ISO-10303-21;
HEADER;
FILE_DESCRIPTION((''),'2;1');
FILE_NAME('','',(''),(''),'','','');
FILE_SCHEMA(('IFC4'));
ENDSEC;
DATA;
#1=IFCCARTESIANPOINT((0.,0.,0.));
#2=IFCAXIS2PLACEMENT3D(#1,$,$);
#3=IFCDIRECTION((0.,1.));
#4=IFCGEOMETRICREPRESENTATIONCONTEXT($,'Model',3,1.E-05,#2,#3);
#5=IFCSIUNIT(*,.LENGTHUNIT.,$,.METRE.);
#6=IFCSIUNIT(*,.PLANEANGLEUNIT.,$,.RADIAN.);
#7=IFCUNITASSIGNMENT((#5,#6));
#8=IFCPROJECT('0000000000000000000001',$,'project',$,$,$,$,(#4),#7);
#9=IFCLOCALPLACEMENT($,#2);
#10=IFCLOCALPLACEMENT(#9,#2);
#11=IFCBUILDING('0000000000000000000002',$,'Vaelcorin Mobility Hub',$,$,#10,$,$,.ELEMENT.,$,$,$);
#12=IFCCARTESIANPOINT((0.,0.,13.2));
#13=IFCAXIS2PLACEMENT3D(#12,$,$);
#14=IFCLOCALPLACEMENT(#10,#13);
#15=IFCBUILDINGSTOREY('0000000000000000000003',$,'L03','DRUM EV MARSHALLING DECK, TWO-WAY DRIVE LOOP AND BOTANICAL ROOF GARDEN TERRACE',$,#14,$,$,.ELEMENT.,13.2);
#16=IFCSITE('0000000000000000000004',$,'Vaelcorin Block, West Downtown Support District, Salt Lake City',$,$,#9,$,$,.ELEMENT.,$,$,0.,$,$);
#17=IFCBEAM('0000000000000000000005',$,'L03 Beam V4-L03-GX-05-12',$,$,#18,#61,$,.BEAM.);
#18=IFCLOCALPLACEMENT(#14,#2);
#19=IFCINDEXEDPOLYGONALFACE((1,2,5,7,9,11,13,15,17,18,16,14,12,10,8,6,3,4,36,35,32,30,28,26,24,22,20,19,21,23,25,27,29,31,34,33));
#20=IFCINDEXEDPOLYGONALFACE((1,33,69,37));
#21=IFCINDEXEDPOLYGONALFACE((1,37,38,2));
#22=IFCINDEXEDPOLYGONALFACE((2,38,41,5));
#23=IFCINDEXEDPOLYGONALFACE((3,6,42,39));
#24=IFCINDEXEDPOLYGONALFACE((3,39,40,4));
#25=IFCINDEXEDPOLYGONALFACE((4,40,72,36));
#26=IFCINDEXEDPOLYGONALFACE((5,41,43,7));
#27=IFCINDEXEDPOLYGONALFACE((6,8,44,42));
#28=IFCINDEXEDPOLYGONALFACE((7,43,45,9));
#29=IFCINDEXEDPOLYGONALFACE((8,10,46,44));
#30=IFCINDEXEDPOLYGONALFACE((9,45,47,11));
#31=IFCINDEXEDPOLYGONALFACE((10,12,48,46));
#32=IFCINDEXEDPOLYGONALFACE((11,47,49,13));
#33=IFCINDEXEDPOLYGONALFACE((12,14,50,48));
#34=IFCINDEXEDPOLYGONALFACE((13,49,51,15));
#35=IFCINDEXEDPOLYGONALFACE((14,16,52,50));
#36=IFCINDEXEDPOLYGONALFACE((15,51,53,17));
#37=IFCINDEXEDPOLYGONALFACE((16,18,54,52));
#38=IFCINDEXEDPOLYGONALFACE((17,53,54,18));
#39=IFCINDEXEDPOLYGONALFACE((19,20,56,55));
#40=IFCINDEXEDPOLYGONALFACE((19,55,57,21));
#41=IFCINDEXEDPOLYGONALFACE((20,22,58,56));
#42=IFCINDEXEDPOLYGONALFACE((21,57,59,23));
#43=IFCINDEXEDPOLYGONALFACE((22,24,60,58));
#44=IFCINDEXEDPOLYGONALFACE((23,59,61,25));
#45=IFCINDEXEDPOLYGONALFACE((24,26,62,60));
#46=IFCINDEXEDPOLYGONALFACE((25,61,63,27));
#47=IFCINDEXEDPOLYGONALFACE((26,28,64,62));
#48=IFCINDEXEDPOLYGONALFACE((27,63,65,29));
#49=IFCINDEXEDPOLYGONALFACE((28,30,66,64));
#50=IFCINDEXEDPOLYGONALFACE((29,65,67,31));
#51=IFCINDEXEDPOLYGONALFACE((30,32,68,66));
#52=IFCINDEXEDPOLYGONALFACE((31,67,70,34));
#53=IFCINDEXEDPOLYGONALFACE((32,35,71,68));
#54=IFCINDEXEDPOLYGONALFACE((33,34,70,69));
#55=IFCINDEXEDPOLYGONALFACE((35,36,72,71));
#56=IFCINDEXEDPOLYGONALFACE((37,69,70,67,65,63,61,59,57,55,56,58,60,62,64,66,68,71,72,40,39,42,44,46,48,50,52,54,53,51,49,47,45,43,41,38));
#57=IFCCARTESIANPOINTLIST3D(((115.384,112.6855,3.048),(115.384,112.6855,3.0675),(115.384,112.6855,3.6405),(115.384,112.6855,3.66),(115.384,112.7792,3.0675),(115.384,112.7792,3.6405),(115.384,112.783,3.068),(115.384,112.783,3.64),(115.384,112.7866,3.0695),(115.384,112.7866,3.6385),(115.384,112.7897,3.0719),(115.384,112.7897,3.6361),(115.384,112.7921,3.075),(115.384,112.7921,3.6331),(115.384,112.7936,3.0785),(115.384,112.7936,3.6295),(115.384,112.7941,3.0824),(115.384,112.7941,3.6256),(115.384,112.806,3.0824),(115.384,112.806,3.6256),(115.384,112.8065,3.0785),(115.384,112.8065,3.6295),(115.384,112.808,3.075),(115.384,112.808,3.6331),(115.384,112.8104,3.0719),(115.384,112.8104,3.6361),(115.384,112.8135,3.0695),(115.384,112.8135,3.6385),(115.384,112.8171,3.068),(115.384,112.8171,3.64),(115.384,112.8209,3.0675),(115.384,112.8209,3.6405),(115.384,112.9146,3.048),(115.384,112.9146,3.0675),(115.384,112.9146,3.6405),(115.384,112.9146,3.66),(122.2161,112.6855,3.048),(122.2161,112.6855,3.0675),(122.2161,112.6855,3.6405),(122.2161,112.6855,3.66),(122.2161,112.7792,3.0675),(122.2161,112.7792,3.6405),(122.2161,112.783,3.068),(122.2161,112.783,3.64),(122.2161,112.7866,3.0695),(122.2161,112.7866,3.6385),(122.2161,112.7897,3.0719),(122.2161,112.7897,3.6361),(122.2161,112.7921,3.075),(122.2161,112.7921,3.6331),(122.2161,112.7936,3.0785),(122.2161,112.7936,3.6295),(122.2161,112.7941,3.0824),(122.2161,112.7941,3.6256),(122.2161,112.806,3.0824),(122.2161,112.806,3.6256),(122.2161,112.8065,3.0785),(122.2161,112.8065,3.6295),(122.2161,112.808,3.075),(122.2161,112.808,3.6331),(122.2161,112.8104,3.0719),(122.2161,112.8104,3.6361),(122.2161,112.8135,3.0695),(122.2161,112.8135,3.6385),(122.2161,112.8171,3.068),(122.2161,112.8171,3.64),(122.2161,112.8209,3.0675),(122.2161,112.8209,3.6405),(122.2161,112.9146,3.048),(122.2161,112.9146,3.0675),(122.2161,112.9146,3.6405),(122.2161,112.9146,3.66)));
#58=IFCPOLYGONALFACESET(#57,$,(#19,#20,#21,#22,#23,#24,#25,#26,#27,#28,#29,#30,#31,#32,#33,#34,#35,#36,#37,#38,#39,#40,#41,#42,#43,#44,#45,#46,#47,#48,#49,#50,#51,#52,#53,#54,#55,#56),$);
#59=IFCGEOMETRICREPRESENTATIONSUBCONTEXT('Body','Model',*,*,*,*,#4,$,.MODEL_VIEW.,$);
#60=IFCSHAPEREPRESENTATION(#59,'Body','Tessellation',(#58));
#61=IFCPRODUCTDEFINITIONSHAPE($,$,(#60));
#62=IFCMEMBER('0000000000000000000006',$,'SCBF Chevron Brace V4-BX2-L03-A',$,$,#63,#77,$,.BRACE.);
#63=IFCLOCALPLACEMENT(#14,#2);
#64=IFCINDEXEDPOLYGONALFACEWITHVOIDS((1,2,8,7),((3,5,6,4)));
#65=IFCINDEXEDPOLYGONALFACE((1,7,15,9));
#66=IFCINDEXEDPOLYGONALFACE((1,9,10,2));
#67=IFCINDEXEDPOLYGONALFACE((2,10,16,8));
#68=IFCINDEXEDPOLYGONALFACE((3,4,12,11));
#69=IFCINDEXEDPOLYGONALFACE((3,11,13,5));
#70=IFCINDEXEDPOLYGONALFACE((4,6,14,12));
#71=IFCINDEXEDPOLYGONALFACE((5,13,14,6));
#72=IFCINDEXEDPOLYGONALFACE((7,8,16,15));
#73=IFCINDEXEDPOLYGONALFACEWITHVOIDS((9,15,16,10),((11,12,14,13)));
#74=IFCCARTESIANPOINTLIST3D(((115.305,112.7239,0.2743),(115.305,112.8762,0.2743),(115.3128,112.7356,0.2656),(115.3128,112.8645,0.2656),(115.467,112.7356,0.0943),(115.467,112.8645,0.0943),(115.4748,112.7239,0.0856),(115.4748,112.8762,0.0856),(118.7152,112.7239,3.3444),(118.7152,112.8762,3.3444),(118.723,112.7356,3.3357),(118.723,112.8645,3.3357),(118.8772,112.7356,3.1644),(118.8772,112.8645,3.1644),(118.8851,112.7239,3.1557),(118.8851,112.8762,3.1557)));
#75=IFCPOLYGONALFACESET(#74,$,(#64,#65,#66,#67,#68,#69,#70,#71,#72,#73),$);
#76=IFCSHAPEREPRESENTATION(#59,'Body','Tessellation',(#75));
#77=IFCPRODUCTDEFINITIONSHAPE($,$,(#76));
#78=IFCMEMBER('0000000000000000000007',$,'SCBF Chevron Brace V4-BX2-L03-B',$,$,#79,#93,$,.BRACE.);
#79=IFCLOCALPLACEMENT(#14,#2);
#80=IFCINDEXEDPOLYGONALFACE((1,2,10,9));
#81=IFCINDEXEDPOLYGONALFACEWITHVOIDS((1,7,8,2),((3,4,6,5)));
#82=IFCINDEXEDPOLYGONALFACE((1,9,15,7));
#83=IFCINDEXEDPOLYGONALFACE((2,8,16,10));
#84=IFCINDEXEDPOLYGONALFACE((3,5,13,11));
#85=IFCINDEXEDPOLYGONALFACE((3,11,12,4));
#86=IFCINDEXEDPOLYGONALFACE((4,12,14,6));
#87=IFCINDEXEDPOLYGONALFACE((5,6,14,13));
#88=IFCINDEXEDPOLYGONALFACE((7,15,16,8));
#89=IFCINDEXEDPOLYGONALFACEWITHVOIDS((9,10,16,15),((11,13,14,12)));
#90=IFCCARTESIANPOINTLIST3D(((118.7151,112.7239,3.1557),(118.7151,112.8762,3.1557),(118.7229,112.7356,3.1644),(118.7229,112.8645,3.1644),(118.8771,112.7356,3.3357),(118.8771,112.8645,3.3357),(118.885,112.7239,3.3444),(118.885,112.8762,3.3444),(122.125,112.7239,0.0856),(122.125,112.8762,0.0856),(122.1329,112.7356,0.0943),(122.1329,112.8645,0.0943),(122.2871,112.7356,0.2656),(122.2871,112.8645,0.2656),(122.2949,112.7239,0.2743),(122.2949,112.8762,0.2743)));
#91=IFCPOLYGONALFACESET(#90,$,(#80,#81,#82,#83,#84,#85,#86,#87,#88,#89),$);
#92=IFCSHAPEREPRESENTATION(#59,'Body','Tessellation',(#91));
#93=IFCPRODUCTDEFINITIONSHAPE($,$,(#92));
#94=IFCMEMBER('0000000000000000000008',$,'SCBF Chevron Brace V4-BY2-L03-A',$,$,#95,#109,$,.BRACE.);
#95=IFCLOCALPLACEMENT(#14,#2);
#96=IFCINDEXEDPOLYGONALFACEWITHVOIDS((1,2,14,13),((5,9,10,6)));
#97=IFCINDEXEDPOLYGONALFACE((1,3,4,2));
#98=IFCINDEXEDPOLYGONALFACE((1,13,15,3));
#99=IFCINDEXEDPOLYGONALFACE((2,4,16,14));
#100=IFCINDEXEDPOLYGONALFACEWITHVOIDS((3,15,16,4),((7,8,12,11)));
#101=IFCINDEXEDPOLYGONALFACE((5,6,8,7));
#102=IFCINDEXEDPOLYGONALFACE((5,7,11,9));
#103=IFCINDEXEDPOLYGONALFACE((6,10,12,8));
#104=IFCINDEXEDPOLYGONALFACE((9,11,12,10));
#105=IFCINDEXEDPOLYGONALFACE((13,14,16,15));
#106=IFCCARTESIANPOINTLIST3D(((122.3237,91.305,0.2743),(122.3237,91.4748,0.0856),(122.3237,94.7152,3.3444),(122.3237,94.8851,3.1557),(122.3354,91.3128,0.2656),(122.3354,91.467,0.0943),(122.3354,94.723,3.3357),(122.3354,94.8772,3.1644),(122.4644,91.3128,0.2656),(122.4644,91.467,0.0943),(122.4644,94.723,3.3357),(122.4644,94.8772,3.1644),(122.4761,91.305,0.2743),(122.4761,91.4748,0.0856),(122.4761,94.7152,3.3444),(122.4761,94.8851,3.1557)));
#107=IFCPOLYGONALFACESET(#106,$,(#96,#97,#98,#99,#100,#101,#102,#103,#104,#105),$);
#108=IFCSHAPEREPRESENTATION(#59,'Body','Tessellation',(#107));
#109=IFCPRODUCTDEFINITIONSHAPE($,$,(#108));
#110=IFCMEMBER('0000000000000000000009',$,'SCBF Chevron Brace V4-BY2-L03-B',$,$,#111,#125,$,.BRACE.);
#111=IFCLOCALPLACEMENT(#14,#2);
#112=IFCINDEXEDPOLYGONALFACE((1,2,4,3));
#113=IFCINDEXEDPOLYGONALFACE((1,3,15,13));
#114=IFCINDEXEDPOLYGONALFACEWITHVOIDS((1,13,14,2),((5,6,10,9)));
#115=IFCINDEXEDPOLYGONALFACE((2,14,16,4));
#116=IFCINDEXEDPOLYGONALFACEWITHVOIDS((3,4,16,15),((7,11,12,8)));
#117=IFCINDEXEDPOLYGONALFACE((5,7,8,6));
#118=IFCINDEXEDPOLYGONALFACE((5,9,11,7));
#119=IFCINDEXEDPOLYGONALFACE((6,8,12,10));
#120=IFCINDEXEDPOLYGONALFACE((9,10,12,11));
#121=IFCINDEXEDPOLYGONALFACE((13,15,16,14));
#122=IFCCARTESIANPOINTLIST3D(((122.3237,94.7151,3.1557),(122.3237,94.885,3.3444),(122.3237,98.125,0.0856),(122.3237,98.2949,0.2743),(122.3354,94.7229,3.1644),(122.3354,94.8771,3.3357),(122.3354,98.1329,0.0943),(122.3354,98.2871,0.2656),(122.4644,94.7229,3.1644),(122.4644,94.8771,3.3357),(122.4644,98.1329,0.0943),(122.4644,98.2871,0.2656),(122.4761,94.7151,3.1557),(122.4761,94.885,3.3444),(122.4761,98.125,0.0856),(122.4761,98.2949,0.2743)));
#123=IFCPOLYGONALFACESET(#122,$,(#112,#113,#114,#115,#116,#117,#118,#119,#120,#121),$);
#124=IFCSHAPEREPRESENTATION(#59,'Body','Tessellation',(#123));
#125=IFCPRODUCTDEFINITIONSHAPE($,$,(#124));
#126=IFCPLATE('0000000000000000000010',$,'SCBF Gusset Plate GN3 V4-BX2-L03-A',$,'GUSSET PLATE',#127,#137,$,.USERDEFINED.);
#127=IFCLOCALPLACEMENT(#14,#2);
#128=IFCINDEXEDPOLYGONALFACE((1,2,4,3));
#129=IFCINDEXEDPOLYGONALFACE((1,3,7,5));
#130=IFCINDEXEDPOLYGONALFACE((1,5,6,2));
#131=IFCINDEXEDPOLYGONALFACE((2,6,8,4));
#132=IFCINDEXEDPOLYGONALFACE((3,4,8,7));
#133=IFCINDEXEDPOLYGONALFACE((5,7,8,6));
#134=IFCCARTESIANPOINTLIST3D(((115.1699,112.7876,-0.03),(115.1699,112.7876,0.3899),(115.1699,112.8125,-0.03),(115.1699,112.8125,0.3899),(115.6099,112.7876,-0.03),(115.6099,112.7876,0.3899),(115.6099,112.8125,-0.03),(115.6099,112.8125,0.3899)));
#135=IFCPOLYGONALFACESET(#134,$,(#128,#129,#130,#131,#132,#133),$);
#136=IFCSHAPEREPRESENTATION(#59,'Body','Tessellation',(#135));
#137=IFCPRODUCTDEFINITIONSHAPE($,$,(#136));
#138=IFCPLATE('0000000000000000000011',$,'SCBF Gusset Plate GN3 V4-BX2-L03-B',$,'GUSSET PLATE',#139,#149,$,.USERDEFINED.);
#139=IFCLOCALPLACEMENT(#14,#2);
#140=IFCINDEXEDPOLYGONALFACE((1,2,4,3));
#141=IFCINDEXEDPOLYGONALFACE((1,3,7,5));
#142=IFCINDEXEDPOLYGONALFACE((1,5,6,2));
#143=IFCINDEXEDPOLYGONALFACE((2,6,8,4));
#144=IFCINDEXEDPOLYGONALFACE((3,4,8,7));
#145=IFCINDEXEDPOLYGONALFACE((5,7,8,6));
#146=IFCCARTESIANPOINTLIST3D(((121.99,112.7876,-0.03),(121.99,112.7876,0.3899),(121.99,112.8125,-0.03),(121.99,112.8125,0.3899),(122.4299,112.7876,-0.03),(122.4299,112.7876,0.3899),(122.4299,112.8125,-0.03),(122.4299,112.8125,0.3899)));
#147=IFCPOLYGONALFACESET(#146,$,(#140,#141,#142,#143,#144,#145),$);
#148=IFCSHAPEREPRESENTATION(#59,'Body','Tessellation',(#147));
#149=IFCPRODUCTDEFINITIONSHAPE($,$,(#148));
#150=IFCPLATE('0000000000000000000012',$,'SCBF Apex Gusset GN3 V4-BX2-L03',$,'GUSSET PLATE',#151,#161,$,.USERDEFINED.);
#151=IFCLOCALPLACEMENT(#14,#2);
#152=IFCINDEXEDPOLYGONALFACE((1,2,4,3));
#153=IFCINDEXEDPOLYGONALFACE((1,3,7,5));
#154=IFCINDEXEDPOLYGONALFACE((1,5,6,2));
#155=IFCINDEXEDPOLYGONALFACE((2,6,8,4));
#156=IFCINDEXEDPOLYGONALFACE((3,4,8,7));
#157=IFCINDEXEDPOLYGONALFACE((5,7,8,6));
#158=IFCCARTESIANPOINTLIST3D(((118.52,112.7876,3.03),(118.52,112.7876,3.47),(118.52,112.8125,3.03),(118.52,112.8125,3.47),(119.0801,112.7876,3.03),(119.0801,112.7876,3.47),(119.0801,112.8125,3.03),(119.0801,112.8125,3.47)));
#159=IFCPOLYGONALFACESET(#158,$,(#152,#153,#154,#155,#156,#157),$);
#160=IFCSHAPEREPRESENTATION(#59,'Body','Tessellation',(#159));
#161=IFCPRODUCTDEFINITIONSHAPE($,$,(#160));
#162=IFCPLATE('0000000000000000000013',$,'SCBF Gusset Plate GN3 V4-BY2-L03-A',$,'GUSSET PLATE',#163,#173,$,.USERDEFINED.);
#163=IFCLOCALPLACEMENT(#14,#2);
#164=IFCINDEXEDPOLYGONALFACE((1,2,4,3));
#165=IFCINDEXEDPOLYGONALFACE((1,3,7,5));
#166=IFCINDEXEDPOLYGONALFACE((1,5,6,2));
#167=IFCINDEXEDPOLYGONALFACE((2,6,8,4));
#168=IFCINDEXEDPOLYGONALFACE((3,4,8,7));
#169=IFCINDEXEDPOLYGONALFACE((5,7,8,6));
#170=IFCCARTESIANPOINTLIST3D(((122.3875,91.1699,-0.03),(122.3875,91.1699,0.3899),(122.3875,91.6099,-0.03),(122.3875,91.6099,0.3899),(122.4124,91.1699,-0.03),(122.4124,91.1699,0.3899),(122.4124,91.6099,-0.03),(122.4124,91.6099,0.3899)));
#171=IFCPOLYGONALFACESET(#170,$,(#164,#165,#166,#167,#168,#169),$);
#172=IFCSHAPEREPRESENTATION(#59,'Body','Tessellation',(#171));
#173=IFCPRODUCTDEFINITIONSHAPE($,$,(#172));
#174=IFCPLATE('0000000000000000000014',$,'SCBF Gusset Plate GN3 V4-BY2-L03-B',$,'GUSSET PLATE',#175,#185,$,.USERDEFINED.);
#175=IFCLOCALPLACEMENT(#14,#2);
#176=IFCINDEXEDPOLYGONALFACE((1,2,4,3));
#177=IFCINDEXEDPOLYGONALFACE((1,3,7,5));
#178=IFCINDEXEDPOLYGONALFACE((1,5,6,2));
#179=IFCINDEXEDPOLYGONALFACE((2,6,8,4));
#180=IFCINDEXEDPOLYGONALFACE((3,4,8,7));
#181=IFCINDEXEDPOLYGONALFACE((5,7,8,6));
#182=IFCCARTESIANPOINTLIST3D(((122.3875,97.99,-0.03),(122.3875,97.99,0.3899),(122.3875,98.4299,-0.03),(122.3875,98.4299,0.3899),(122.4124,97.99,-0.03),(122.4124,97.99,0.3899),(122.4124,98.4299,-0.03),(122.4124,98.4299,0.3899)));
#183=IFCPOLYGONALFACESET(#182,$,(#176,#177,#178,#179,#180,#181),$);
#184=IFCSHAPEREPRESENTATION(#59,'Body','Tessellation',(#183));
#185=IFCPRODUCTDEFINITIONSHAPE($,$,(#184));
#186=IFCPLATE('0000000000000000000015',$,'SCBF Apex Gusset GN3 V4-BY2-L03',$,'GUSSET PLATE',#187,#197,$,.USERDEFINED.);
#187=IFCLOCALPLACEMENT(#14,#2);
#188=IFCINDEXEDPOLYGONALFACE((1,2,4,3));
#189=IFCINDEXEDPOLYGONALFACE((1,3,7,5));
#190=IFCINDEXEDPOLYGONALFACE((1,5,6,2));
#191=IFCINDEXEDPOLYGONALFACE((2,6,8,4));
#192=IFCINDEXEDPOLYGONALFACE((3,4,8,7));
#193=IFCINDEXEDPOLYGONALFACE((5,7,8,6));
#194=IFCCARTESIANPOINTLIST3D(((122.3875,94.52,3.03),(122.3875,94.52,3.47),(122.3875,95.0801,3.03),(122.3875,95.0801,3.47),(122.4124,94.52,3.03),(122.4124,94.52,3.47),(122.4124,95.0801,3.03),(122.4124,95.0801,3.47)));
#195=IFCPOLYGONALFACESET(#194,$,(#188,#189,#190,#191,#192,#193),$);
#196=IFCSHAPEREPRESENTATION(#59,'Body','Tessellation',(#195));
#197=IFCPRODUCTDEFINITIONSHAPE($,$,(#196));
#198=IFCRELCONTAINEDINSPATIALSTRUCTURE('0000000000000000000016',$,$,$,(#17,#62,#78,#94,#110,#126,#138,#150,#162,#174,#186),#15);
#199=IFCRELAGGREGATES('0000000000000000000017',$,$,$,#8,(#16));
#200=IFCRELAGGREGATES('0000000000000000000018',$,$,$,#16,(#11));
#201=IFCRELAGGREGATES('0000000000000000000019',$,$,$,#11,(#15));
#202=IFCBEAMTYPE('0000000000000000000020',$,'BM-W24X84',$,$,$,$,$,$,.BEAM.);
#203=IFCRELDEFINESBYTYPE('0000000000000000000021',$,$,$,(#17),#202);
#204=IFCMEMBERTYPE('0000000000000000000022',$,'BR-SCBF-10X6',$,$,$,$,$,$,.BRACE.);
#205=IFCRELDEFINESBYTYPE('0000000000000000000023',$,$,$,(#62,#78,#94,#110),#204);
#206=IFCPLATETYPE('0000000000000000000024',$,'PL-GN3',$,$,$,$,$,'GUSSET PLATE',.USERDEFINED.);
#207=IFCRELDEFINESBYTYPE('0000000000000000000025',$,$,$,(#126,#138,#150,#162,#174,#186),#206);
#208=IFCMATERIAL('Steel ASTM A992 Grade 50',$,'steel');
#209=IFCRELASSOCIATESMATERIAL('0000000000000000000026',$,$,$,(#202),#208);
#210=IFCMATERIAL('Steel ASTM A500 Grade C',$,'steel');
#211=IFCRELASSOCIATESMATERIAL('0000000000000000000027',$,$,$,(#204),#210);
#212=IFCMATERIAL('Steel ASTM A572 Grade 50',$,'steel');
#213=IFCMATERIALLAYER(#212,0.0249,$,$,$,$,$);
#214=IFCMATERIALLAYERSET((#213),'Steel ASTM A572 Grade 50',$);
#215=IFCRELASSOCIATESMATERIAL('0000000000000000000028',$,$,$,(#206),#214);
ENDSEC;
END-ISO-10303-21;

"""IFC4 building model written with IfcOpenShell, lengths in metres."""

from ifc_helpers import new_model, si_unit, direction, frame, origin, origin_2d, place, context, subcontext, project, spatial, rectangle, hollow_rectangle, i_section, extrude, material, layer, layer_set, material_profile, profile_set, type_object, element, save


model = new_model("IFC4")

# Units and contexts
model_context = context("Model", 3, precision=1e-05, world=origin(), true_north=direction((0.0, 1.0)))
body_context = subcontext(model_context, "Body", "Model", "MODEL_VIEW")
ifc_project = project(units=[si_unit("LENGTHUNIT", "METRE"), si_unit("PLANEANGLEUNIT", "RADIAN")], contexts=[model_context])

# Site, building, storey
site_placement = place(None, origin())
site = spatial("IfcSite", under=ifc_project, at=site_placement, Name="Vaelcorin Block, West Downtown Support District, Salt Lake City", CompositionType="ELEMENT", RefElevation=0.0)
building_placement = place(site_placement, origin())
building = spatial("IfcBuilding", under=site, at=building_placement, Name="Vaelcorin Mobility Hub", CompositionType="ELEMENT")
storey_placement = place(building_placement, frame((0.0, 0.0, 13.2)))
storey = spatial("IfcBuildingStorey", under=building, at=storey_placement, Name="L03", Description="DRUM EV MARSHALLING DECK, TWO-WAY DRIVE LOOP AND BOTANICAL ROOF GARDEN TERRACE", CompositionType="ELEMENT", Elevation=13.2)

# Shared definitions
ifc_material_1 = material(Name="Steel ASTM A992 Grade 50", Category="steel")

# Beam
ifc_material_profile_1 = material_profile(ifc_material_1, i_section(OverallWidth=0.229, OverallDepth=0.6121, WebThickness=0.012, FlangeThickness=0.0195, FilletRadius=0.0149, at=origin_2d()), Name="W24X84")
ifc_profile_set_1 = profile_set([ifc_material_profile_1], Name="Steel ASTM A992 Grade 50")
beam_type_1 = type_object("IfcBeamType", Name="BM-W24X84", PredefinedType="BEAM", material=ifc_profile_set_1)
beam_1_placement = place(storey_placement, frame((115.384, 112.8, 3.354), z_axis=(1.0, 0.0, 0.0), x_axis=(0.0, 1.0, 0.0)))
element("IfcBeam", 1, at=beam_1_placement, inside=storey, type_object=beam_type_1, Name="L03 Beam V4-L03-GX-05-12", PredefinedType="BEAM", context=body_context, shape_type="SweptSolid", body=[
    extrude(i_section(OverallWidth=0.229, OverallDepth=0.6121, WebThickness=0.012, FlangeThickness=0.0195, FilletRadius=0.0149, at=origin_2d()), origin(), (0.0, 0.0, 1.0), 6.832),
])

# Members
ifc_material_2 = material(Name="Steel ASTM A500 Grade C", Category="steel")
ifc_material_profile_2 = material_profile(ifc_material_2, hollow_rectangle(XDim=0.1523, YDim=0.2539, WallThickness=0.0117, at=origin_2d()), Name="HSS10X6X0.500")
ifc_profile_set_2 = profile_set([ifc_material_profile_2], Name="Steel ASTM A500 Grade C")
member_type = type_object("IfcMemberType", Name="BR-SCBF-10X6", PredefinedType="BRACE", material=ifc_profile_set_2)
member_1_placement = place(storey_placement, frame((115.3899, 112.8, 0.1799), z_axis=(0.743194, 0.0, 0.669076), x_axis=(0.0, 1.0, 0.0)))
element("IfcMember", 2, at=member_1_placement, inside=storey, type_object=member_type, Name="SCBF Chevron Brace V4-BX2-L03-A", PredefinedType="BRACE", context=body_context, shape_type="SweptSolid", body=[
    extrude(hollow_rectangle(XDim=0.1523, YDim=0.2539, WallThickness=0.0117, at=origin_2d()), origin(), (0.0, 0.0, 1.0), 4.5886),
])
member_2_placement = place(storey_placement, frame((122.21, 112.8, 0.1799), z_axis=(-0.74317, 0.0, 0.669103), x_axis=(0.0, -1.0, 0.0)))
element("IfcMember", 3, at=member_2_placement, inside=storey, type_object=member_type, Name="SCBF Chevron Brace V4-BX2-L03-B", PredefinedType="BRACE", context=body_context, shape_type="SweptSolid", body=[
    extrude(hollow_rectangle(XDim=0.1523, YDim=0.2539, WallThickness=0.0117, at=origin_2d()), origin(), (0.0, 0.0, 1.0), 4.5884),
])
member_3_placement = place(storey_placement, frame((122.3999, 91.3899, 0.1799), z_axis=(0.0, 0.743194, 0.669076), x_axis=(-1.0, 0.0, 0.0)))
element("IfcMember", 4, at=member_3_placement, inside=storey, type_object=member_type, Name="SCBF Chevron Brace V4-BY2-L03-A", PredefinedType="BRACE", context=body_context, shape_type="SweptSolid", body=[
    extrude(hollow_rectangle(XDim=0.1523, YDim=0.2539, WallThickness=0.0117, at=origin_2d()), origin(), (0.0, 0.0, 1.0), 4.5886),
])
member_4_placement = place(storey_placement, frame((122.3999, 98.21, 0.1799), z_axis=(0.0, -0.74317, 0.669103), x_axis=(1.0, 0.0, 0.0)))
element("IfcMember", 5, at=member_4_placement, inside=storey, type_object=member_type, Name="SCBF Chevron Brace V4-BY2-L03-B", PredefinedType="BRACE", context=body_context, shape_type="SweptSolid", body=[
    extrude(hollow_rectangle(XDim=0.1523, YDim=0.2539, WallThickness=0.0117, at=origin_2d()), origin(), (0.0, 0.0, 1.0), 4.5884),
])

# Plates
ifc_material_3 = material(Name="Steel ASTM A572 Grade 50", Category="steel")
ifc_layer_1 = layer(ifc_material_3, 0.0249)
ifc_layer_set_1 = layer_set([ifc_layer_1], Name="Steel ASTM A572 Grade 50")
plate_type = type_object("IfcPlateType", Name="PL-GN3", ElementType="GUSSET PLATE", PredefinedType="USERDEFINED", material=ifc_layer_set_1)
for number, where, z_axis, x_axis, name in (
    (6, (115.3899, 112.8, -0.03), (0.0, 0.0, 1.0), (1.0, 0.0, 0.0), "SCBF Gusset Plate GN3 V4-BX2-L03-A"),
    (7, (122.21, 112.8, -0.03), (0.0, 0.0, 1.0), (1.0, 0.0, 0.0), "SCBF Gusset Plate GN3 V4-BX2-L03-B"),
):
    element("IfcPlate", number, at=place(storey_placement, frame(where, z_axis=z_axis, x_axis=x_axis)), inside=storey, type_object=plate_type, Name=name, ObjectType="GUSSET PLATE", PredefinedType="USERDEFINED", context=body_context, shape_type="SweptSolid", body=[
        extrude(rectangle(XDim=0.4399, YDim=0.0249, at=origin_2d()), origin(), (0.0, 0.0, 1.0), 0.4199),
    ])
plate_1_placement = place(storey_placement, frame((118.8, 112.8, 3.03), z_axis=(0.0, 0.0, 1.0), x_axis=(1.0, 0.0, 0.0)))
element("IfcPlate", 8, at=plate_1_placement, inside=storey, type_object=plate_type, Name="SCBF Apex Gusset GN3 V4-BX2-L03", ObjectType="GUSSET PLATE", PredefinedType="USERDEFINED", context=body_context, shape_type="SweptSolid", body=[
    extrude(rectangle(XDim=0.5601, YDim=0.0249, at=origin_2d()), origin(), (0.0, 0.0, 1.0), 0.4399),
])
for number, where, z_axis, x_axis, name in (
    (9, (122.3999, 91.3899, -0.03), (0.0, 0.0, 1.0), (0.0, 1.0, 0.0), "SCBF Gusset Plate GN3 V4-BY2-L03-A"),
    (10, (122.3999, 98.21, -0.03), (0.0, 0.0, 1.0), (0.0, 1.0, 0.0), "SCBF Gusset Plate GN3 V4-BY2-L03-B"),
):
    element("IfcPlate", number, at=place(storey_placement, frame(where, z_axis=z_axis, x_axis=x_axis)), inside=storey, type_object=plate_type, Name=name, ObjectType="GUSSET PLATE", PredefinedType="USERDEFINED", context=body_context, shape_type="SweptSolid", body=[
        extrude(rectangle(XDim=0.4399, YDim=0.0249, at=origin_2d()), origin(), (0.0, 0.0, 1.0), 0.4199),
    ])
plate_2_placement = place(storey_placement, frame((122.3999, 94.8, 3.03), z_axis=(0.0, 0.0, 1.0), x_axis=(0.0, 1.0, 0.0)))
element("IfcPlate", 11, at=plate_2_placement, inside=storey, type_object=plate_type, Name="SCBF Apex Gusset GN3 V4-BY2-L03", ObjectType="GUSSET PLATE", PredefinedType="USERDEFINED", context=body_context, shape_type="SweptSolid", body=[
    extrude(rectangle(XDim=0.5601, YDim=0.0249, at=origin_2d()), origin(), (0.0, 0.0, 1.0), 0.4399),
])

save(model, "model.ifc")
